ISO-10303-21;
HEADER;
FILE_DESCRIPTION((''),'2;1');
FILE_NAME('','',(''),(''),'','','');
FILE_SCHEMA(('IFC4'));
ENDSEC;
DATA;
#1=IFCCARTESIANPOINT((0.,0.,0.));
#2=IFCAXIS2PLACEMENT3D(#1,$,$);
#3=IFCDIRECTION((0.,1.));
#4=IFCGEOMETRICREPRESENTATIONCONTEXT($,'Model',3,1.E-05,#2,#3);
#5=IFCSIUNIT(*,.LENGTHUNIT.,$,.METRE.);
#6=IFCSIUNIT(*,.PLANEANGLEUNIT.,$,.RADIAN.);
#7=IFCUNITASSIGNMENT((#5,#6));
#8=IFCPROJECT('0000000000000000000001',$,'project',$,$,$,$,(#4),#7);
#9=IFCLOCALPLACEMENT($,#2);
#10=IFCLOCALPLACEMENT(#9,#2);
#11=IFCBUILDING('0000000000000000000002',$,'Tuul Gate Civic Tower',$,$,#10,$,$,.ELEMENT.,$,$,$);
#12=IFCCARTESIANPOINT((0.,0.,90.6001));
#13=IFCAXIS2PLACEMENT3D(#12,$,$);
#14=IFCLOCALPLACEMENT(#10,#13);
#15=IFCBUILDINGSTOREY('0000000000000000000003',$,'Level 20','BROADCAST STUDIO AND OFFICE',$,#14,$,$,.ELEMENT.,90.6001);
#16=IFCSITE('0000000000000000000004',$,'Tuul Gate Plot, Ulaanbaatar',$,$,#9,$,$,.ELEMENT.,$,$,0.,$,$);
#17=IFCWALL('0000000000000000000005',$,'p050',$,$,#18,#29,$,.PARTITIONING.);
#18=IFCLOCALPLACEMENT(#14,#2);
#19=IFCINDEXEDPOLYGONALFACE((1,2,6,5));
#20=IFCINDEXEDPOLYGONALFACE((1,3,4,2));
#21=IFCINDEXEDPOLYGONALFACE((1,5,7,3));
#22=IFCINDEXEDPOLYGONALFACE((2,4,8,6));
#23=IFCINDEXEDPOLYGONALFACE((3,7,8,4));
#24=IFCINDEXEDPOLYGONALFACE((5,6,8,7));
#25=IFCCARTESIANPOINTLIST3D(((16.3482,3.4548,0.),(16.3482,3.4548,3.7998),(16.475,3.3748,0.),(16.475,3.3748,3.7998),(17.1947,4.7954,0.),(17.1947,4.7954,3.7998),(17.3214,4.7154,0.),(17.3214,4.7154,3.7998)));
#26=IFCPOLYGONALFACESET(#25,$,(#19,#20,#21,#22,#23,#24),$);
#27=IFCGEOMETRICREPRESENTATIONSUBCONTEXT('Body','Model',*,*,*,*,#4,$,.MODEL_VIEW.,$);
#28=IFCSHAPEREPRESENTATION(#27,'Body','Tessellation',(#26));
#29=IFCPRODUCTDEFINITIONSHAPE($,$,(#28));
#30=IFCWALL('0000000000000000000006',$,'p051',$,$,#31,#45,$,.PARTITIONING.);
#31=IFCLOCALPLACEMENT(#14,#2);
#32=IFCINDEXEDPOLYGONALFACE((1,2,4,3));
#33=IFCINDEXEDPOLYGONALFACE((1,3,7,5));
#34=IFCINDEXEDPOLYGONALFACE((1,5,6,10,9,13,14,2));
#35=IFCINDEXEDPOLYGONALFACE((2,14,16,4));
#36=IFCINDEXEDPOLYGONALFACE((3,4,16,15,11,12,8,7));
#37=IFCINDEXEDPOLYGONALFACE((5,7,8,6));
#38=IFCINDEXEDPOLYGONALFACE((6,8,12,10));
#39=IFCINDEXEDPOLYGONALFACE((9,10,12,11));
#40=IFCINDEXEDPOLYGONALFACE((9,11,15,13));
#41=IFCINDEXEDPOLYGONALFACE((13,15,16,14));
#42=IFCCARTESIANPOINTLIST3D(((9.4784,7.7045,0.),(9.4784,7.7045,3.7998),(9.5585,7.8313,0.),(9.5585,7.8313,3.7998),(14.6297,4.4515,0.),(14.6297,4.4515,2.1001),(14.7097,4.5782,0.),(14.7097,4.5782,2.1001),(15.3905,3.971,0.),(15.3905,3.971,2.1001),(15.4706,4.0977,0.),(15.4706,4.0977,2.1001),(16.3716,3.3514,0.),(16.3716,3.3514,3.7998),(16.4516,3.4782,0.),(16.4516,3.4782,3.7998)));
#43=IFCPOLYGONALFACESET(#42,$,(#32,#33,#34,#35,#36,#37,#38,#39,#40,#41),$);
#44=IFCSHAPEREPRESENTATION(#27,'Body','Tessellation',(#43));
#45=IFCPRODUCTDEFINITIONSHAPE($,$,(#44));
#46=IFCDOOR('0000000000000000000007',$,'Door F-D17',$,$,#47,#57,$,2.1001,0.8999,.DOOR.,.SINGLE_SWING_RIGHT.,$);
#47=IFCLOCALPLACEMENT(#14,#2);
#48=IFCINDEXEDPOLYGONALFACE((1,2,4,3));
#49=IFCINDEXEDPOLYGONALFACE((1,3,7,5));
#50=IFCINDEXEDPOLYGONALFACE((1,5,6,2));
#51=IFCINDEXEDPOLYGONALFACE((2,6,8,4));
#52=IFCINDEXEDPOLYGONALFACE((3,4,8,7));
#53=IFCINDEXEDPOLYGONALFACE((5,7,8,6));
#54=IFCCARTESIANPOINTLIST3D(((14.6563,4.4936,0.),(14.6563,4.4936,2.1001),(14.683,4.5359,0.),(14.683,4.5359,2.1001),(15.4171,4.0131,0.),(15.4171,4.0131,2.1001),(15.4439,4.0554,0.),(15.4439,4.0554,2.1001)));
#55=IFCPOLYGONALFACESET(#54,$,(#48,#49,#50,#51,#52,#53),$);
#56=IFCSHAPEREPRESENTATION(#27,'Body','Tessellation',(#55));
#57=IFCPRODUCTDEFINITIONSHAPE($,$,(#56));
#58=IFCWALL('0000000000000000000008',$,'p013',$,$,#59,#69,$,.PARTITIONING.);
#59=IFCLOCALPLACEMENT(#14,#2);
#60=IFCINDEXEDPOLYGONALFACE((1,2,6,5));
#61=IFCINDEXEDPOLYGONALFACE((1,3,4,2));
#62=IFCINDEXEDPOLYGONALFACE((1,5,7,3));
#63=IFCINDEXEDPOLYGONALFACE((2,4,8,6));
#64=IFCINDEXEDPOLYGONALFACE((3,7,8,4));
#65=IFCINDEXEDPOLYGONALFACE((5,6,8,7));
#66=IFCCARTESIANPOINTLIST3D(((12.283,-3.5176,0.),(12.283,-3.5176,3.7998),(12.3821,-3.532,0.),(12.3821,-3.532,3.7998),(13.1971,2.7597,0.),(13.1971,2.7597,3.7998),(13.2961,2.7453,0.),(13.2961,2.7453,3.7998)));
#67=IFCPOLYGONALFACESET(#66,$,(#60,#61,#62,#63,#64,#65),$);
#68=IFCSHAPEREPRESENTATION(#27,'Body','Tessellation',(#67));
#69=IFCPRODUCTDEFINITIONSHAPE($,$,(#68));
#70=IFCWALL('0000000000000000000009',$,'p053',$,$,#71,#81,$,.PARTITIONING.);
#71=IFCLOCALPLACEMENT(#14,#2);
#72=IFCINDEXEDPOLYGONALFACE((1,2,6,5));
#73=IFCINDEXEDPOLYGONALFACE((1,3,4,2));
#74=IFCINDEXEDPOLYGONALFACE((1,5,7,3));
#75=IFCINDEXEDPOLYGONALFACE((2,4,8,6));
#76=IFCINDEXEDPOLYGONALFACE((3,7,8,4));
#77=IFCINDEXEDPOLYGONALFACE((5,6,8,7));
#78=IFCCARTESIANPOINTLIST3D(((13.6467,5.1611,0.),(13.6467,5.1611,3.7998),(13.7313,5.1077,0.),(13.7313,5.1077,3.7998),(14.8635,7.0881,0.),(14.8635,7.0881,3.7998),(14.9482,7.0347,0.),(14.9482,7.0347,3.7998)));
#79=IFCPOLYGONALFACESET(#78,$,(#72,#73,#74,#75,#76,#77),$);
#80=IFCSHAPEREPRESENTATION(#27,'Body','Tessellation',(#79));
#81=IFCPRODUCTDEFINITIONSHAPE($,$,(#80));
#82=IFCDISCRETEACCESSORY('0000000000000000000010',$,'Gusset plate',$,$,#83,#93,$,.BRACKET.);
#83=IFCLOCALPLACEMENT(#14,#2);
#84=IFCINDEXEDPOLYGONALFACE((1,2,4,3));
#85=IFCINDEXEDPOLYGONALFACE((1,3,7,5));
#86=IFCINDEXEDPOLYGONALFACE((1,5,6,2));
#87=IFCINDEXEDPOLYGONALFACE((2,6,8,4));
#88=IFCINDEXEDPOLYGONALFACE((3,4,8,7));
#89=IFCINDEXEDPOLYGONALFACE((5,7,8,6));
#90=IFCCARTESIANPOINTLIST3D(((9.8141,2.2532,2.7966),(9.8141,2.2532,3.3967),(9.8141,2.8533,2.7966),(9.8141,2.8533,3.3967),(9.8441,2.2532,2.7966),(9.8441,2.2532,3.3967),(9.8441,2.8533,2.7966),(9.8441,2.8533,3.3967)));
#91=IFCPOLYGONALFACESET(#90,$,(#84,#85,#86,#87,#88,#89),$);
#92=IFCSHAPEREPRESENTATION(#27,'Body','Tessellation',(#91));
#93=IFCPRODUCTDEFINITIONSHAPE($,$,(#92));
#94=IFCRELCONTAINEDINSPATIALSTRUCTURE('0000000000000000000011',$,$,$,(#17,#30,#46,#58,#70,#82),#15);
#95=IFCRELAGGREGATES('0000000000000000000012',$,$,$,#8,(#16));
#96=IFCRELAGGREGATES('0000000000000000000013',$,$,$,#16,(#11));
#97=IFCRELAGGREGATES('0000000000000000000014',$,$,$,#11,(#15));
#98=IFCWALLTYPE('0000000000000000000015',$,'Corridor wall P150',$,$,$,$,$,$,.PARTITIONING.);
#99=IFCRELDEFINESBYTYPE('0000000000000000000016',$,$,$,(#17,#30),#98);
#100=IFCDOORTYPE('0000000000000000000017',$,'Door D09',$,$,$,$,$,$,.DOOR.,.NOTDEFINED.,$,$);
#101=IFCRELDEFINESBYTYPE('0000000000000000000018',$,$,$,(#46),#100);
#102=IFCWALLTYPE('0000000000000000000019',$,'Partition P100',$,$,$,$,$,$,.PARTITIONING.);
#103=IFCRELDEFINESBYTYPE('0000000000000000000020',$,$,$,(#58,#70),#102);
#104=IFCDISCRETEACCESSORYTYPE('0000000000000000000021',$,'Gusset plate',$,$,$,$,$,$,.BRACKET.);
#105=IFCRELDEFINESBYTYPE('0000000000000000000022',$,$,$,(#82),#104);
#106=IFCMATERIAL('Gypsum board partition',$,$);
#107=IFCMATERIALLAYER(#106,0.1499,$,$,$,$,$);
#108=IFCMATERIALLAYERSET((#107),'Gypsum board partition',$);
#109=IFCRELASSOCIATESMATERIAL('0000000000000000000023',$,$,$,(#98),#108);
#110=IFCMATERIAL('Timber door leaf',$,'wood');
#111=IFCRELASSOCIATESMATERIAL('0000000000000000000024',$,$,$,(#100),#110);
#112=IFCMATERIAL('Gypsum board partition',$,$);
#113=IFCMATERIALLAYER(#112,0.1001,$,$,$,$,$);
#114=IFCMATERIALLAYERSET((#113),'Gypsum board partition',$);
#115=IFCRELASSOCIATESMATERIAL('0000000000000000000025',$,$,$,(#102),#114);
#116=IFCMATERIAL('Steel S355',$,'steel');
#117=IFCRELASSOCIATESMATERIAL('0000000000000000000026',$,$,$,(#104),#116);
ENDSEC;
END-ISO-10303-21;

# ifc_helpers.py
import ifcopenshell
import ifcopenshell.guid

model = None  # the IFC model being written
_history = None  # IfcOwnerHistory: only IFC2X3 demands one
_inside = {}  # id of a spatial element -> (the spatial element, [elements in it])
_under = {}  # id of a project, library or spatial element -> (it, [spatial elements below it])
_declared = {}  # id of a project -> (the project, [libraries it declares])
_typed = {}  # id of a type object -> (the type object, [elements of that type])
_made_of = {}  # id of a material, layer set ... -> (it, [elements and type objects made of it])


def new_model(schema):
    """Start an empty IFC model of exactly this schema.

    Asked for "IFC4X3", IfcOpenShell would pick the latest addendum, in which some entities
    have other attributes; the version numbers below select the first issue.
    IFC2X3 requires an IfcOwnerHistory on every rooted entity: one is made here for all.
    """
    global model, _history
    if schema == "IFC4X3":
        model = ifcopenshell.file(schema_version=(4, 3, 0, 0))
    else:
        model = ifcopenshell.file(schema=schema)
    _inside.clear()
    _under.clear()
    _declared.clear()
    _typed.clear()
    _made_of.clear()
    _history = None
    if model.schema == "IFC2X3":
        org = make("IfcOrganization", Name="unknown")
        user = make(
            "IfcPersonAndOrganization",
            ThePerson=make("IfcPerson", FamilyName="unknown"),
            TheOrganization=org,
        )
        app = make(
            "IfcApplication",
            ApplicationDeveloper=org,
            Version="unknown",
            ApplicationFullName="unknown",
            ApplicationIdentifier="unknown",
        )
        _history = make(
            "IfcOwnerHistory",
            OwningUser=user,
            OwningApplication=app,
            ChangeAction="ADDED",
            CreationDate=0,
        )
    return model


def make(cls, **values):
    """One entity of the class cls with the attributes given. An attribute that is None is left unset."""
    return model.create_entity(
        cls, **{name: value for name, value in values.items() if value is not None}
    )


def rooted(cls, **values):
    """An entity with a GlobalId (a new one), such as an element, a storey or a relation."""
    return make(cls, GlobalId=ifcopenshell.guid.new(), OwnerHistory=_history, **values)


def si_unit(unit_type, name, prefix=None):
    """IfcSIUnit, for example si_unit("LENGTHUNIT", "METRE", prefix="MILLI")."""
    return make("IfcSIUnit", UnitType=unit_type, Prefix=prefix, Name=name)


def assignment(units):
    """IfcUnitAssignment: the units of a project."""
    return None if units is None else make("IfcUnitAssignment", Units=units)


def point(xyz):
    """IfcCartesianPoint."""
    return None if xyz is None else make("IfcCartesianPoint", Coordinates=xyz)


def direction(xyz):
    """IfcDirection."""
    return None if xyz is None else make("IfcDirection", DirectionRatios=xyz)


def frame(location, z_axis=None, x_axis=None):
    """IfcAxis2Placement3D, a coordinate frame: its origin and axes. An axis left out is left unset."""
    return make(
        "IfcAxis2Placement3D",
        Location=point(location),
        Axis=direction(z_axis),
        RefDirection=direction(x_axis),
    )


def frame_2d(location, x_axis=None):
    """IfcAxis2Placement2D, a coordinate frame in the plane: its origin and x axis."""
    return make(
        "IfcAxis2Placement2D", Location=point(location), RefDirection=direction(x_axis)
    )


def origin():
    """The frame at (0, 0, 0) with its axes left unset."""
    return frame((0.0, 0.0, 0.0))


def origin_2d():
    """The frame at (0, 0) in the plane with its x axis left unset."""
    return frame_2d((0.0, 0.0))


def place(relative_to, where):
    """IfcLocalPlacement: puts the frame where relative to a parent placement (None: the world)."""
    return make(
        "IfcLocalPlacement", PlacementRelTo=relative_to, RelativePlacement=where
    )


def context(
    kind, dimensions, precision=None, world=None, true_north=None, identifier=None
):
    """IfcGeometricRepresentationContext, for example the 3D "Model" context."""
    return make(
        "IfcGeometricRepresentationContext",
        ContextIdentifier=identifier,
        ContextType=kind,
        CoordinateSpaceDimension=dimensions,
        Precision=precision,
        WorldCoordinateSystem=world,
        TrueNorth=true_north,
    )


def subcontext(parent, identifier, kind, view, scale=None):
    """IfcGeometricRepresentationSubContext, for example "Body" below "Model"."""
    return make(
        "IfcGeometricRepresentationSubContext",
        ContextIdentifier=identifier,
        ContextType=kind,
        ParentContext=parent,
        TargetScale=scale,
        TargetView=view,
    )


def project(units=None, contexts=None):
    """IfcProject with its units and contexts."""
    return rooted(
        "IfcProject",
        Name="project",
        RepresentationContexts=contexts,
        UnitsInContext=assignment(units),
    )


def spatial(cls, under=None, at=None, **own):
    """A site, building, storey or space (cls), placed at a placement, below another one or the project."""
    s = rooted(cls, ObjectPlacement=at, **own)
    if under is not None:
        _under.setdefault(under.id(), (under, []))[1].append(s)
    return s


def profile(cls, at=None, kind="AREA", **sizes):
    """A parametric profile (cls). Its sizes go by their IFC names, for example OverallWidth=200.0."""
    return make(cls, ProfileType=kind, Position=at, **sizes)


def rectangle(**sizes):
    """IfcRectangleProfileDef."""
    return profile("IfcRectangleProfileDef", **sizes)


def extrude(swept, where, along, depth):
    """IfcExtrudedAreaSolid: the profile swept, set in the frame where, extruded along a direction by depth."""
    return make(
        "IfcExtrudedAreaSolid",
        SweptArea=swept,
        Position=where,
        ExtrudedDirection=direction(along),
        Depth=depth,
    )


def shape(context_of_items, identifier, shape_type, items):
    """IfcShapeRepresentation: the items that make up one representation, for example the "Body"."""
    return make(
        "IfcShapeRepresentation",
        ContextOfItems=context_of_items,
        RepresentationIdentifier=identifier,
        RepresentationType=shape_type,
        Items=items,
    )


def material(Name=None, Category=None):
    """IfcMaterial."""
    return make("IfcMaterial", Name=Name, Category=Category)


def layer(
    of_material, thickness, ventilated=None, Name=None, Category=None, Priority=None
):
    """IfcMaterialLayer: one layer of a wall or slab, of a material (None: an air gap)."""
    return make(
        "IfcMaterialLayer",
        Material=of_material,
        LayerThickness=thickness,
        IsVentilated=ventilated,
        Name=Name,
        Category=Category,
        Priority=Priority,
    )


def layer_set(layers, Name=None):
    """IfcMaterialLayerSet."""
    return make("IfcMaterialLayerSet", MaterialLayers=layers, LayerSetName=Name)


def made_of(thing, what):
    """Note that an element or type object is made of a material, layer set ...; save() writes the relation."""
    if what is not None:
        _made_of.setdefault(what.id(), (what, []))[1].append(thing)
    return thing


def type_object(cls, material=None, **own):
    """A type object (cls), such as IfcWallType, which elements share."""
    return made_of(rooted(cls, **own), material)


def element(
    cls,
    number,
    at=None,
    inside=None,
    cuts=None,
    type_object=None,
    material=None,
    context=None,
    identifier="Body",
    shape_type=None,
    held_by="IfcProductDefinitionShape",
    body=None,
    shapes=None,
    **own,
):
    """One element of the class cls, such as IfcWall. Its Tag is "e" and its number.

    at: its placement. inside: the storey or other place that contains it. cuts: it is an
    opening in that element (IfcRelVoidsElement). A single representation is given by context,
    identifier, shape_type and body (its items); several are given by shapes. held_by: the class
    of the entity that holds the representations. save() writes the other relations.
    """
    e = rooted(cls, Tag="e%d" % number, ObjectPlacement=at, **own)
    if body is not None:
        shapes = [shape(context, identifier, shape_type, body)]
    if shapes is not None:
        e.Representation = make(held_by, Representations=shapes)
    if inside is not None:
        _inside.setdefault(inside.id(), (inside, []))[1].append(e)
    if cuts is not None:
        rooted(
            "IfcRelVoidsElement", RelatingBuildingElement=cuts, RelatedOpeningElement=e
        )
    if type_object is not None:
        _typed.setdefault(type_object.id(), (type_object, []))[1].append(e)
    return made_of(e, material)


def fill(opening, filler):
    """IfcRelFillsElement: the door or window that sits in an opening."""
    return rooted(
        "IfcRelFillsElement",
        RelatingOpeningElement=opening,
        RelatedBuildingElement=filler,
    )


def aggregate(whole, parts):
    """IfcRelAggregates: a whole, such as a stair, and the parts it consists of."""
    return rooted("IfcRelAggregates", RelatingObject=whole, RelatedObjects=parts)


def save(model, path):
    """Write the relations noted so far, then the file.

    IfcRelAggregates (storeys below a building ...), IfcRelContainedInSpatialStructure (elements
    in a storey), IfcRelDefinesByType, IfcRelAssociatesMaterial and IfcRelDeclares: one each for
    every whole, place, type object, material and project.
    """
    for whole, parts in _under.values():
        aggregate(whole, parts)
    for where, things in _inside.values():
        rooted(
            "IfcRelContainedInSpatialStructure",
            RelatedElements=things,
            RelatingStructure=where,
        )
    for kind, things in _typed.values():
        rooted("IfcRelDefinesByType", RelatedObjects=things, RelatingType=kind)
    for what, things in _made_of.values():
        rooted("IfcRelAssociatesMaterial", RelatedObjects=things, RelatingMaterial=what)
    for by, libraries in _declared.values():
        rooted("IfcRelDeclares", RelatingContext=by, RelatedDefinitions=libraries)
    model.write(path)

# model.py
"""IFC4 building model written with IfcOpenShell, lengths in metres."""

from ifc_helpers import new_model, si_unit, direction, frame, frame_2d, origin, origin_2d, place, context, subcontext, project, spatial, rectangle, extrude, material, layer, layer_set, type_object, element, fill, save


model = new_model("IFC4")

# Units and contexts
model_context = context("Model", 3, precision=1e-05, world=origin(), true_north=direction((0.0, 1.0)))
body_context = subcontext(model_context, "Body", "Model", "MODEL_VIEW")
ifc_project = project(units=[si_unit("LENGTHUNIT", "METRE"), si_unit("PLANEANGLEUNIT", "RADIAN")], contexts=[model_context])

# Site, building, storey
site_placement = place(None, origin())
site = spatial("IfcSite", under=ifc_project, at=site_placement, Name="Tuul Gate Plot, Ulaanbaatar", CompositionType="ELEMENT", RefElevation=0.0)
building_placement = place(site_placement, origin())
building = spatial("IfcBuilding", under=site, at=building_placement, Name="Tuul Gate Civic Tower", CompositionType="ELEMENT")
storey_placement = place(building_placement, frame((0.0, 0.0, 90.6001)))
storey = spatial("IfcBuildingStorey", under=building, at=storey_placement, Name="Level 20", Description="BROADCAST STUDIO AND OFFICE", CompositionType="ELEMENT", Elevation=90.6001)

# Shared definitions
ifc_material_1 = material(Name="Gypsum board partition")
ifc_layer_1 = layer(ifc_material_1, 0.1499)
ifc_layer_set_1 = layer_set([ifc_layer_1], Name="Gypsum board partition")
wall_type_1 = type_object("IfcWallType", Name="Corridor wall P150", PredefinedType="PARTITIONING", material=ifc_layer_set_1)
ifc_material_2 = material(Name="Timber door leaf", Category="wood")
door_type = type_object("IfcDoorType", Name="Door D09", OperationType="NOTDEFINED", PredefinedType="DOOR", material=ifc_material_2)

# Wall
wall_1_placement = place(storey_placement, frame((16.4116, 3.4148, 0.0), z_axis=(0.0, 0.0, 1.0), x_axis=(0.533883, 0.845558, 0.0)))
element("IfcWall", 1, at=wall_1_placement, inside=storey, type_object=wall_type_1, Name="p050", PredefinedType="PARTITIONING", context=body_context, shape_type="SweptSolid", body=[
    extrude(rectangle(XDim=1.5854, YDim=0.1499, at=frame_2d((0.7927, 0.0))), origin(), (0.0, 0.0, 1.0), 3.7998),
])

# Wall, opening, door
wall_2_placement = place(storey_placement, frame((9.5186, 7.7678, 0.0), z_axis=(0.0, 0.0, 1.0), x_axis=(0.845516, -0.53395, 0.0)))
wall_2 = element("IfcWall", 2, at=wall_2_placement, inside=storey, type_object=wall_type_1, Name="p051", PredefinedType="PARTITIONING", context=body_context, shape_type="SweptSolid", body=[
    extrude(rectangle(XDim=8.1526, YDim=0.1499, at=frame_2d((4.0762, 0.0))), origin(), (0.0, 0.0, 1.0), 3.7998),
])
opening_1_placement = place(wall_2_placement, frame((6.0923, 0.0, 0.0)))
opening_1 = element("IfcOpeningElement", 3, at=opening_1_placement, cuts=wall_2, PredefinedType="OPENING", context=body_context, shape_type="SweptSolid", body=[
    extrude(rectangle(XDim=0.8999, YDim=2.1001, at=frame_2d((0.45, 1.05))), frame((0.0, 0.085, 0.0), z_axis=(0.0, -1.0, 0.0), x_axis=(1.0, 0.0, 0.0)), (0.0, 0.0, 1.0), 0.1699),
])
door_1_placement = place(opening_1_placement, origin())
door_1 = element("IfcDoor", 4, at=door_1_placement, inside=storey, type_object=door_type, Name="Door F-D17", OperationType="SINGLE_SWING_RIGHT", OverallHeight=2.1001, OverallWidth=0.8999, PredefinedType="DOOR", context=body_context, shape_type="SweptSolid", body=[
    extrude(rectangle(XDim=0.8999, YDim=2.1001, at=frame_2d((0.45, 1.05))), frame((0.0, 0.0249, 0.0), z_axis=(0.0, -1.0, 0.0), x_axis=(1.0, 0.0, 0.0)), (0.0, 0.0, 1.0), 0.05),
])
fill(opening_1, door_1)

# Walls
ifc_material_3 = material(Name="Gypsum board partition")
ifc_layer_2 = layer(ifc_material_3, 0.1001)
ifc_layer_set_2 = layer_set([ifc_layer_2], Name="Gypsum board partition")
wall_type_2 = type_object("IfcWallType", Name="Partition P100", PredefinedType="PARTITIONING", material=ifc_layer_set_2)
wall_3_placement = place(storey_placement, frame((12.3325, -3.5249, 0.0), z_axis=(0.0, 0.0, 1.0), x_axis=(0.144093, 0.989564, 0.0)))
element("IfcWall", 5, at=wall_3_placement, inside=storey, type_object=wall_type_2, Name="p013", PredefinedType="PARTITIONING", context=body_context, shape_type="SweptSolid", body=[
    extrude(rectangle(XDim=6.3435, YDim=0.1001, at=frame_2d((3.1719, 0.0))), origin(), (0.0, 0.0, 1.0), 3.7998),
])
wall_4_placement = place(storey_placement, frame((13.689, 5.1343, 0.0), z_axis=(0.0, 0.0, 1.0), x_axis=(0.533912, 0.84554, 0.0)))
element("IfcWall", 6, at=wall_4_placement, inside=storey, type_object=wall_type_2, Name="p053", PredefinedType="PARTITIONING", context=body_context, shape_type="SweptSolid", body=[
    extrude(rectangle(XDim=2.2791, YDim=0.1001, at=frame_2d((1.1396, 0.0))), origin(), (0.0, 0.0, 1.0), 3.7998),
])

# Discrete accessory
ifc_material_4 = material(Name="Steel S355", Category="steel")
discrete_accessory_type = type_object("IfcDiscreteAccessoryType", Name="Gusset plate", PredefinedType="BRACKET", material=ifc_material_4)
discrete_accessory_placement = place(storey_placement, frame((9.8291, 2.5532, 2.7966), z_axis=(0.0, 0.0, 1.0), x_axis=(0.0, 1.0, 0.0)))
element("IfcDiscreteAccessory", 7, at=discrete_accessory_placement, inside=storey, type_object=discrete_accessory_type, Name="Gusset plate", PredefinedType="BRACKET", context=body_context, shape_type="SweptSolid", body=[
    extrude(rectangle(XDim=0.6001, YDim=0.03, at=origin_2d()), origin(), (0.0, 0.0, 1.0), 0.6001),
])

save(model, "model.ifc")
